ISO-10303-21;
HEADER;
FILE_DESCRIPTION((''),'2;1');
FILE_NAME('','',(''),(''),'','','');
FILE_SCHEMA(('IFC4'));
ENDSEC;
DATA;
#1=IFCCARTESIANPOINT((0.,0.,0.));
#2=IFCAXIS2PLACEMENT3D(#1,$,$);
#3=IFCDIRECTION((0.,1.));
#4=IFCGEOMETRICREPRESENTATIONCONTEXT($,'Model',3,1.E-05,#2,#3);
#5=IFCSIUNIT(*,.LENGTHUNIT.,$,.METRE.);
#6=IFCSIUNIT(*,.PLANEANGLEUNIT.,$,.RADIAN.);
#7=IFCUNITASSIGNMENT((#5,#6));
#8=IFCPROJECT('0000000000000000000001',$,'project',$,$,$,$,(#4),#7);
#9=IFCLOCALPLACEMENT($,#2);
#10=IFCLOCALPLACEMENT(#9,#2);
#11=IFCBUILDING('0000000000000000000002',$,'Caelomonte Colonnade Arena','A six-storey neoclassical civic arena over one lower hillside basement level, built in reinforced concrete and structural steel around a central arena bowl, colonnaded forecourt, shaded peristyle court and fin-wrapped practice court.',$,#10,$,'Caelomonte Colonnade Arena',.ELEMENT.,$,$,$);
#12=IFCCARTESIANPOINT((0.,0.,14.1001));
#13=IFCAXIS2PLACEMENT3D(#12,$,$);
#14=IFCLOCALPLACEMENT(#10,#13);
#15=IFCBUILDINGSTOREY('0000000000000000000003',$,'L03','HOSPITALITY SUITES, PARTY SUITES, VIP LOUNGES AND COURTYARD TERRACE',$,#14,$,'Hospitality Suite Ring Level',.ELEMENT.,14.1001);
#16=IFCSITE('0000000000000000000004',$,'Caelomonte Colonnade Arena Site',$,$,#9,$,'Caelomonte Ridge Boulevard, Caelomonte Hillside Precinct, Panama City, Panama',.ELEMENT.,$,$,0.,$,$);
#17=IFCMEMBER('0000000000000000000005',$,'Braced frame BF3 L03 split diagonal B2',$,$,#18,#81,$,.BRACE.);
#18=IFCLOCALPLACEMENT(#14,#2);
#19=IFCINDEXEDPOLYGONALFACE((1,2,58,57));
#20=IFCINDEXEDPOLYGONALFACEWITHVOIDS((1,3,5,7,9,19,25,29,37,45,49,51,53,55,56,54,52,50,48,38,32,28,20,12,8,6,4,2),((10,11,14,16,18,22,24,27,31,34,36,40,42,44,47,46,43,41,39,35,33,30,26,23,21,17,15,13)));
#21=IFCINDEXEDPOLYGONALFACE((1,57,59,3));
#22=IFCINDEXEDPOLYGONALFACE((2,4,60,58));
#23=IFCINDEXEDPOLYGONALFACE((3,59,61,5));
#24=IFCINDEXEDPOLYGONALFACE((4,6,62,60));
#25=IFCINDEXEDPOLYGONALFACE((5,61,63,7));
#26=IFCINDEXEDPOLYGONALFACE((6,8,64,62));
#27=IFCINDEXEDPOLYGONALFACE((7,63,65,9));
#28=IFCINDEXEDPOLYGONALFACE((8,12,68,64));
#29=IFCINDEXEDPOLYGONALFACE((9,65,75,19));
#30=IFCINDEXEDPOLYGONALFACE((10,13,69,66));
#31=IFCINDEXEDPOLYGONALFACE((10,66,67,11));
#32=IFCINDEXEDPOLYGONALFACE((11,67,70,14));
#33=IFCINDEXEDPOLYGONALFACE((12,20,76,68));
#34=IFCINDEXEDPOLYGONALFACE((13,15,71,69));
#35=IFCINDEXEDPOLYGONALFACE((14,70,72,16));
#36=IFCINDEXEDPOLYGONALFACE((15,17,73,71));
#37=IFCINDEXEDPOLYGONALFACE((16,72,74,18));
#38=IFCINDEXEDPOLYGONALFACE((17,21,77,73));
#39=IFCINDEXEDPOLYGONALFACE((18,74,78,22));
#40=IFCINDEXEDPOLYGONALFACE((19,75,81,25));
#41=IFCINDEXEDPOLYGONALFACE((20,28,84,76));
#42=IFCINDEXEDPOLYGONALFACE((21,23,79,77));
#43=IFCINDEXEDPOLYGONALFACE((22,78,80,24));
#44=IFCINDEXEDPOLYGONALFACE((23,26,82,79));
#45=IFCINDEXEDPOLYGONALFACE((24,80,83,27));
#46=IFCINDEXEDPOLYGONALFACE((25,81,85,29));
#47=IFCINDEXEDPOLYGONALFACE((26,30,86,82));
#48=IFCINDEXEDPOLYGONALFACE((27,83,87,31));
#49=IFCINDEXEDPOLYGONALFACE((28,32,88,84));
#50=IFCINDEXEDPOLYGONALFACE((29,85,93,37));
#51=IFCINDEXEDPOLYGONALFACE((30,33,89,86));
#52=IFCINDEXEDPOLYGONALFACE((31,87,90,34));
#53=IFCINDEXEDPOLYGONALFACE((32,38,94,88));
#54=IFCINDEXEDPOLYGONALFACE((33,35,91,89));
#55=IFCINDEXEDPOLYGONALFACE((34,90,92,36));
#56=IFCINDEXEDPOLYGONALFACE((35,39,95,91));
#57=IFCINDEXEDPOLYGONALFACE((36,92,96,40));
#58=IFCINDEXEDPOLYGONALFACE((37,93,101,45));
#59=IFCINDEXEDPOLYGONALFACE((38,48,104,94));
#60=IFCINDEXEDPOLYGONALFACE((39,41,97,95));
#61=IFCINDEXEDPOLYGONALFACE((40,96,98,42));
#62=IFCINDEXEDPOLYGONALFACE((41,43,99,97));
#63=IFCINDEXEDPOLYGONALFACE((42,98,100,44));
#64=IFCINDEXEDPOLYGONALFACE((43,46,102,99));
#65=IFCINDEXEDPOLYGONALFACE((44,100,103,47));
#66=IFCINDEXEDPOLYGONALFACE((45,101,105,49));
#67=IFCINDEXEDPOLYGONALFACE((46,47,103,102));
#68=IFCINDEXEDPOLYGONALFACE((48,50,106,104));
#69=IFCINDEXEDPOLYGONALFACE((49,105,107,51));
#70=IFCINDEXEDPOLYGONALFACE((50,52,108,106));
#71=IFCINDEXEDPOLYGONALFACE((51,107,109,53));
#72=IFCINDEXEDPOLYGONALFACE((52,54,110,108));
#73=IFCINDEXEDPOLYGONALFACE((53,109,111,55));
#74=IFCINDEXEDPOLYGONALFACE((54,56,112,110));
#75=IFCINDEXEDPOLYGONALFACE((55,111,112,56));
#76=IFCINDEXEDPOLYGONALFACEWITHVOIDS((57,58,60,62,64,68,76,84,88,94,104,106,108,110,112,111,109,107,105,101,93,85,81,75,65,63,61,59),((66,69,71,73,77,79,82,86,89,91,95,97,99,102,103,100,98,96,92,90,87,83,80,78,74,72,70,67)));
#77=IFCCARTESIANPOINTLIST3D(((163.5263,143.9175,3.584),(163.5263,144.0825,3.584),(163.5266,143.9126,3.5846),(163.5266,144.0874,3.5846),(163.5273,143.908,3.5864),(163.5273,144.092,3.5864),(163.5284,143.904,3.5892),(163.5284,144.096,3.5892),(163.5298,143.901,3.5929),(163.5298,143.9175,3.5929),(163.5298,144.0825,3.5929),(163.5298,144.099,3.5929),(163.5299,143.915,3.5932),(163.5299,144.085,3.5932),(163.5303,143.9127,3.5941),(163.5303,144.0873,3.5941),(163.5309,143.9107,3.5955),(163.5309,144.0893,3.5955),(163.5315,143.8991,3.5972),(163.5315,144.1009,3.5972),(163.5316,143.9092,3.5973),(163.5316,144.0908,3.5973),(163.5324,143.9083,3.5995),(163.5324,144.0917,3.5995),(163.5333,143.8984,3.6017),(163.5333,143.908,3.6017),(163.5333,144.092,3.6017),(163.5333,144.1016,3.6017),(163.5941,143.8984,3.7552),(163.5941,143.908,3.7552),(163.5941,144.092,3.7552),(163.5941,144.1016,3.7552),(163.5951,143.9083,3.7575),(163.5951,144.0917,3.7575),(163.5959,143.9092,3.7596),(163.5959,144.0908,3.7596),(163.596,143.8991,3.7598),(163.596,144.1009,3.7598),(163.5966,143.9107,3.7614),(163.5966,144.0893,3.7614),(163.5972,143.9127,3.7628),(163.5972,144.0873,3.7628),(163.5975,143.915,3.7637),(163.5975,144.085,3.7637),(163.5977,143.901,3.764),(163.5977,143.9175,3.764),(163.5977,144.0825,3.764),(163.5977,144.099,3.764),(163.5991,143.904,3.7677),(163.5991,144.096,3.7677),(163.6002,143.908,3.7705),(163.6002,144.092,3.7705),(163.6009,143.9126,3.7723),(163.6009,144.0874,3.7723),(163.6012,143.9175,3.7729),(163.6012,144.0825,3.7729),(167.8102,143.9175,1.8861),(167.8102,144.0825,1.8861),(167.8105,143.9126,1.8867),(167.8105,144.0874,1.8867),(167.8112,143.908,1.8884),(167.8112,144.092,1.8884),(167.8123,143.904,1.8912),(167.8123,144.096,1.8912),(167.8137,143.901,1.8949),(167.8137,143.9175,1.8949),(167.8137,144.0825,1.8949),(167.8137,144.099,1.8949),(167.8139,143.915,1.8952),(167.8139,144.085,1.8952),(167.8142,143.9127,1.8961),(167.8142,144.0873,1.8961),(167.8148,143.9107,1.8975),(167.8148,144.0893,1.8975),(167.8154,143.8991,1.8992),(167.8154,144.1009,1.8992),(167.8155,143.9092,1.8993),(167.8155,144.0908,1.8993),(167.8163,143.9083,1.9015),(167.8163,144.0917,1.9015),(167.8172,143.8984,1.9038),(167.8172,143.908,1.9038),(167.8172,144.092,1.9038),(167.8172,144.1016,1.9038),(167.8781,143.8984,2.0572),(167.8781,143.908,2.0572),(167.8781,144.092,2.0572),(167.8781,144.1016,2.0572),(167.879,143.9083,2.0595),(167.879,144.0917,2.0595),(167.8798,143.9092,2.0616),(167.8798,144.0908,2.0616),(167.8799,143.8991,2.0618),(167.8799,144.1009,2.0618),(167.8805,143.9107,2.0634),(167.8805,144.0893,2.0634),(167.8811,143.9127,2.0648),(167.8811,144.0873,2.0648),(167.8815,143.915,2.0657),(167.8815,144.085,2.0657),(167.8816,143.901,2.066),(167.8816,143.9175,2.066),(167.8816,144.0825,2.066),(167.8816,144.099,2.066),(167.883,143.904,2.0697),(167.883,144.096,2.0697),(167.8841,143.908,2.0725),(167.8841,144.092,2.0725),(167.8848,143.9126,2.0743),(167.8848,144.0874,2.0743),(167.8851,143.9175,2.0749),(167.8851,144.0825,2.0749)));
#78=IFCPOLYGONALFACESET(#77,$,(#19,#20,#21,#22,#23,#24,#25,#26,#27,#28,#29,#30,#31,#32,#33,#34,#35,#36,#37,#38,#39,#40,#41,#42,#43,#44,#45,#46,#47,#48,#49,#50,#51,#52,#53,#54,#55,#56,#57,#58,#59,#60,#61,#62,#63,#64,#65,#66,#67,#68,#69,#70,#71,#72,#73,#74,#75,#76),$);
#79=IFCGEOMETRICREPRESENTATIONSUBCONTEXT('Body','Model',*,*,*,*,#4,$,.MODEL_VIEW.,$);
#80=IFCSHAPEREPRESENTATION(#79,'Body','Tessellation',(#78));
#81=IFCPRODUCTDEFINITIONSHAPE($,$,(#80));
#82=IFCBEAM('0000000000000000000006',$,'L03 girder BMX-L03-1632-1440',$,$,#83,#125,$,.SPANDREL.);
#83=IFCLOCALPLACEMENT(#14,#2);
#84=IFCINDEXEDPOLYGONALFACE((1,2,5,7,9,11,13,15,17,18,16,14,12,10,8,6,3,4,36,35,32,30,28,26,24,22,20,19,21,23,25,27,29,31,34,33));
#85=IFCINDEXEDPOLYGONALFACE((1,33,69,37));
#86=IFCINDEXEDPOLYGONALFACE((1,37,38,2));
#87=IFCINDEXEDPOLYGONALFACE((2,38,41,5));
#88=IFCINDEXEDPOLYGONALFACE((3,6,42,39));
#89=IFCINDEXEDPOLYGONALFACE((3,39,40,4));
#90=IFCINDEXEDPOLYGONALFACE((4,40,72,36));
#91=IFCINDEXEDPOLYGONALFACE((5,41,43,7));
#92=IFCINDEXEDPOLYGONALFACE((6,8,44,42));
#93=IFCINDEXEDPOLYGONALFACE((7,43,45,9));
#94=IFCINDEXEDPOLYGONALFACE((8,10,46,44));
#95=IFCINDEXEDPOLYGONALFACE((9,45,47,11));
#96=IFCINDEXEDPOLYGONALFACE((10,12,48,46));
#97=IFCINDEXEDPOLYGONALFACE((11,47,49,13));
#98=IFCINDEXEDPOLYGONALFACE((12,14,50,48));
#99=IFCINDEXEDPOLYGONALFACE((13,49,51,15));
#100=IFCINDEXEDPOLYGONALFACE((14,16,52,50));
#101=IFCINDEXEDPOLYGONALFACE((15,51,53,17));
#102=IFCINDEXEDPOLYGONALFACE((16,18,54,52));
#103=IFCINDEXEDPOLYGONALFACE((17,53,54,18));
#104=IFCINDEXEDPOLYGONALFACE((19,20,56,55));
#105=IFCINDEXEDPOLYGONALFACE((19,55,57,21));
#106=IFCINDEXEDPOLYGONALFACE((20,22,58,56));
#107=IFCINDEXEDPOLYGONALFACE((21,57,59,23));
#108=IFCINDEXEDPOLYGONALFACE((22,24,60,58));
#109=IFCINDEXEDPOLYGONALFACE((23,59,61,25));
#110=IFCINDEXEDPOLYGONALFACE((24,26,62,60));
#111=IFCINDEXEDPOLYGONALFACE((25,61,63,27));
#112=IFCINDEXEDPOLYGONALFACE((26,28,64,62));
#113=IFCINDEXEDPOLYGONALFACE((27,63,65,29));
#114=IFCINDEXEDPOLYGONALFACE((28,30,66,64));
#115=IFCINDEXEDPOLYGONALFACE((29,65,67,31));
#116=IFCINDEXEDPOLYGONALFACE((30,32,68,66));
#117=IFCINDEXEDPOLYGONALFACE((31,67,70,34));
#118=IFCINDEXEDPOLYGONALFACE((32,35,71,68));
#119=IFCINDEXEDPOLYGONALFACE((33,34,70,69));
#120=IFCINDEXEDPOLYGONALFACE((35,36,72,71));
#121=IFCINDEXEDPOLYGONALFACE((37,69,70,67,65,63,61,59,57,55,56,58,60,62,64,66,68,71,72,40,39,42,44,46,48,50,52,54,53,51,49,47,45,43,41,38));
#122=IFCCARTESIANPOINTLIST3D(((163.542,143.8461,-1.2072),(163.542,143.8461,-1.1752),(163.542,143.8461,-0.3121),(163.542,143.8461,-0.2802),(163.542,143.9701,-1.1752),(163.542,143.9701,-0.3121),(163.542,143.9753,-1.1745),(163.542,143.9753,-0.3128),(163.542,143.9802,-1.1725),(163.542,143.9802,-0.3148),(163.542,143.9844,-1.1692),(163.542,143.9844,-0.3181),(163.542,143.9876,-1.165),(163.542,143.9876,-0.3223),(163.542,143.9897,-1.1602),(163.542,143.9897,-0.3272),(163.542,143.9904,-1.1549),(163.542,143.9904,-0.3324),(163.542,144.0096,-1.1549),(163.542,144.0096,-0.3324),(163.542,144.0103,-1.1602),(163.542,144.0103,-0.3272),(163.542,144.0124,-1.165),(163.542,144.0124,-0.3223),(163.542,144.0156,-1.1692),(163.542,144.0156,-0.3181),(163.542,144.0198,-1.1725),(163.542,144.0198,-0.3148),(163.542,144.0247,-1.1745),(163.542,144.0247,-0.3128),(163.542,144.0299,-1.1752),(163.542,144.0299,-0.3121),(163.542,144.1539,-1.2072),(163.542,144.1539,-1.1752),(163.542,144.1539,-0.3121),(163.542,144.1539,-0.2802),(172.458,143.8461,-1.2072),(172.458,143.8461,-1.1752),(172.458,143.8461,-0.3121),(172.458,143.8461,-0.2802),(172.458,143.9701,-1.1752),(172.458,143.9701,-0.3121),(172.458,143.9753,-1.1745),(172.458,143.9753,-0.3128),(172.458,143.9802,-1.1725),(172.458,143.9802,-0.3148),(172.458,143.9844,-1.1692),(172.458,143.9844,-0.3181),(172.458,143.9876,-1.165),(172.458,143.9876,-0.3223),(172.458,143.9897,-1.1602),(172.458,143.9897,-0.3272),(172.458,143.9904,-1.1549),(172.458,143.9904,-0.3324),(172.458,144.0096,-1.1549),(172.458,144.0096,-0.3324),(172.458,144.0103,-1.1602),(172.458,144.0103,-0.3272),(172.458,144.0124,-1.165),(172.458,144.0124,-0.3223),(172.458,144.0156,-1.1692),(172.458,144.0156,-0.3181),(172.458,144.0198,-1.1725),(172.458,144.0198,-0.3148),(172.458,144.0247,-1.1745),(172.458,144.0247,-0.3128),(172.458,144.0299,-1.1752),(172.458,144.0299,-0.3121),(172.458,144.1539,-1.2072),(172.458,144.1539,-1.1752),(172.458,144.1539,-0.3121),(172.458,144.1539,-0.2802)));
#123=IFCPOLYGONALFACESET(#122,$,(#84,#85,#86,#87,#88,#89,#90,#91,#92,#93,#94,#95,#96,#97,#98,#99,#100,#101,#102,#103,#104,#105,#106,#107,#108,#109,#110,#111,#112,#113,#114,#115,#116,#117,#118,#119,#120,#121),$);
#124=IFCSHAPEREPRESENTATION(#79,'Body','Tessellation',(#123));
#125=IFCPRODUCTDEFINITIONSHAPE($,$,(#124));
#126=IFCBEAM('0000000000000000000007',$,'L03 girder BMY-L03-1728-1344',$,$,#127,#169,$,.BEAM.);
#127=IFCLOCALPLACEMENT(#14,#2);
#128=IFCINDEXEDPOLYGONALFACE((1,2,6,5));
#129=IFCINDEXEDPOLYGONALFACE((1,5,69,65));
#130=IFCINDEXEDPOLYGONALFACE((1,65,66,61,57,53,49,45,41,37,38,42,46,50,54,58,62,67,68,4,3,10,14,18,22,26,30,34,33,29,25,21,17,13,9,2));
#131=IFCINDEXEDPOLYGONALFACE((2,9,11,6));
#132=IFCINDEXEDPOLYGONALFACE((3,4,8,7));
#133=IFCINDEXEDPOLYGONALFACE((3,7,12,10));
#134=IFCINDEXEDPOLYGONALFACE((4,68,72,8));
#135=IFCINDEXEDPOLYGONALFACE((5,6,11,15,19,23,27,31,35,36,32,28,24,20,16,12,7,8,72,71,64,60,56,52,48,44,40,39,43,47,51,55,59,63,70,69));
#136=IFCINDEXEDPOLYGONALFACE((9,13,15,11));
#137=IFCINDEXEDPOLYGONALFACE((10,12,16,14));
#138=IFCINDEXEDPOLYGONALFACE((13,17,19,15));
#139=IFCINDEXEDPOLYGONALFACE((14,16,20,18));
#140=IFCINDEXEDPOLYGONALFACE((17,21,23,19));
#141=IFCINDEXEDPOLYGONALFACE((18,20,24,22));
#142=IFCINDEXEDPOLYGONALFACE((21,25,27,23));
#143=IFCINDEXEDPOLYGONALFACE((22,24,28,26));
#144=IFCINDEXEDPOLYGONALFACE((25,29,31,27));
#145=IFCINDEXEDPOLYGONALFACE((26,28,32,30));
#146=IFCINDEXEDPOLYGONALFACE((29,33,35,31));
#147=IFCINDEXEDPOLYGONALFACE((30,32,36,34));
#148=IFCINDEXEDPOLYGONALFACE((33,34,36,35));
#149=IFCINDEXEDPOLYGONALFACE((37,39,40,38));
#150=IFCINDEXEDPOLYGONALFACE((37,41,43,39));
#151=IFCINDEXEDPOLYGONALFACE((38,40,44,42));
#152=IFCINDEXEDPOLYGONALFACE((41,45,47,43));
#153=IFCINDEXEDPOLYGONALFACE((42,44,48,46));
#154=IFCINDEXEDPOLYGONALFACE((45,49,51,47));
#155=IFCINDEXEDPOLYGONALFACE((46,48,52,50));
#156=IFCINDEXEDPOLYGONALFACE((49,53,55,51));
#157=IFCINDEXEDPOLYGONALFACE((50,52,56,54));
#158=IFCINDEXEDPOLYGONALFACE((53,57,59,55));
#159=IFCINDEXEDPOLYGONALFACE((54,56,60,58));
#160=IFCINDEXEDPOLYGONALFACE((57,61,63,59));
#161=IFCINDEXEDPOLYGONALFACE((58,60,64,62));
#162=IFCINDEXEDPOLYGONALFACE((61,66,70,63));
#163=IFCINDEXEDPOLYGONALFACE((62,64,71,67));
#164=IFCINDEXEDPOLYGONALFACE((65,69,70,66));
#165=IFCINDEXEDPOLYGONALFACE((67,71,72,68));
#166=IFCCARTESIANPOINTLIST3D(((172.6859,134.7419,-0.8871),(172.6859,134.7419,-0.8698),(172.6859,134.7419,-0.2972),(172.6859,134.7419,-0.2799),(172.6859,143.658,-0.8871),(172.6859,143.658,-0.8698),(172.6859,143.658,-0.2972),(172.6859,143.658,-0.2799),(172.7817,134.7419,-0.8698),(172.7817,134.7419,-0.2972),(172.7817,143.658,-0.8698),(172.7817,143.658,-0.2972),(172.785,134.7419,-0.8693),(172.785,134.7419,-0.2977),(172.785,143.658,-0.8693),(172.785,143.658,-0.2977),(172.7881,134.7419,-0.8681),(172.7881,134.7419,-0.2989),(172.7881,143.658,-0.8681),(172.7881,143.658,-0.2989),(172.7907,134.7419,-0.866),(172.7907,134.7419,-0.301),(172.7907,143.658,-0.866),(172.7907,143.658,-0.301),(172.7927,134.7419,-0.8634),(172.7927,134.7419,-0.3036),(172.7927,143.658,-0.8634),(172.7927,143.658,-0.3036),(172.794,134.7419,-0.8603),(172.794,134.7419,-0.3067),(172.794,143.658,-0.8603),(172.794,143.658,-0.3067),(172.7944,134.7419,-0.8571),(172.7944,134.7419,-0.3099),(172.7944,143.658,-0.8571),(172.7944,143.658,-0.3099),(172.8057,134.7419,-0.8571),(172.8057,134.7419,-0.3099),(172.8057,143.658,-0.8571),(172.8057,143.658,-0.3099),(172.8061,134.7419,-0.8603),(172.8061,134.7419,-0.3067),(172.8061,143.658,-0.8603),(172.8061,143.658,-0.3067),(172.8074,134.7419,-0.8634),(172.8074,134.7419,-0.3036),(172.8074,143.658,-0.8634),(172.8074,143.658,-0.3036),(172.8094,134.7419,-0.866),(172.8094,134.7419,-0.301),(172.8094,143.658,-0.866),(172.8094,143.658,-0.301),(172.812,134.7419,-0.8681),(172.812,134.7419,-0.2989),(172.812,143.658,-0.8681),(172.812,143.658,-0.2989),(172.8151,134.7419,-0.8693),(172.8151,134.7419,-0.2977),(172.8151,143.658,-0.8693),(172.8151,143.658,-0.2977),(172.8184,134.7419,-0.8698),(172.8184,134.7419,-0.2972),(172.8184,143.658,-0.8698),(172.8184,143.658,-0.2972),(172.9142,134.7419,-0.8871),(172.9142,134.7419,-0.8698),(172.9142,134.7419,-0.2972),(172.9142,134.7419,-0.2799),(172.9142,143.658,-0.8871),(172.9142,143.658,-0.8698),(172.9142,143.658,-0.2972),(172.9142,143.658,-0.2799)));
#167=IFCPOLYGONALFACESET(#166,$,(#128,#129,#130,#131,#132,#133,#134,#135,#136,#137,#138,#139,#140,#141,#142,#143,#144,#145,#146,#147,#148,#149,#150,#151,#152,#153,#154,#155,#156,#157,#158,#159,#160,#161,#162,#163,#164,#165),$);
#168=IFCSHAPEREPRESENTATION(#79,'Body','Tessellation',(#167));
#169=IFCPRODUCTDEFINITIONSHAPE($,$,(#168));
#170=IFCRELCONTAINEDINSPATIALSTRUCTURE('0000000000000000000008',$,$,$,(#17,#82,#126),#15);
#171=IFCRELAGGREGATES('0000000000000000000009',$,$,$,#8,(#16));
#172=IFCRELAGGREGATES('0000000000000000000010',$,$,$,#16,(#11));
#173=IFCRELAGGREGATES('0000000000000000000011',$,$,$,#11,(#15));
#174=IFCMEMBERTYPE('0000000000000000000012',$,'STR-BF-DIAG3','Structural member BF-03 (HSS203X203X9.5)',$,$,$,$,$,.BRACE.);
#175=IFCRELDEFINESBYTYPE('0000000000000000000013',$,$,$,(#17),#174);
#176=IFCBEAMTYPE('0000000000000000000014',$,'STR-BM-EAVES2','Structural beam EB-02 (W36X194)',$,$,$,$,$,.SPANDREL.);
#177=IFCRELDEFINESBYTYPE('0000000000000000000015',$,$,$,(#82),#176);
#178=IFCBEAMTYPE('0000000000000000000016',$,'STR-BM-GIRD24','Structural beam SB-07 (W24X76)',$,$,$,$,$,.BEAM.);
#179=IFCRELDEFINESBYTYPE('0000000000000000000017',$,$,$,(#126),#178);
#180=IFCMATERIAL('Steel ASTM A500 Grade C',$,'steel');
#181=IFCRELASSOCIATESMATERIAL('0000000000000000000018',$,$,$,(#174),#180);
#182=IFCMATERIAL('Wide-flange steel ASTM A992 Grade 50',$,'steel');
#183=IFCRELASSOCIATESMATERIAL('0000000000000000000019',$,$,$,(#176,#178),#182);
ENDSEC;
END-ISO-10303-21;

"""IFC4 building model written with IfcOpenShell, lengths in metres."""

from ifc_helpers import new_model, si_unit, direction, frame, origin, origin_2d, place, context, subcontext, project, spatial, hollow_rectangle, i_section, extrude, material, material_profile, profile_set, type_object, element, save


model = new_model("IFC4")

# Units and contexts
model_context = context("Model", 3, precision=1e-05, world=origin(), true_north=direction((0.0, 1.0)))
body_context = subcontext(model_context, "Body", "Model", "MODEL_VIEW")
ifc_project = project(units=[si_unit("LENGTHUNIT", "METRE"), si_unit("PLANEANGLEUNIT", "RADIAN")], contexts=[model_context])

# Site, building, storey
site_placement = place(None, origin())
site = spatial("IfcSite", under=ifc_project, at=site_placement, Name="Caelomonte Colonnade Arena Site", LongName="Caelomonte Ridge Boulevard, Caelomonte Hillside Precinct, Panama City, Panama", CompositionType="ELEMENT", RefElevation=0.0)
building_placement = place(site_placement, origin())
building = spatial("IfcBuilding", under=site, at=building_placement, Name="Caelomonte Colonnade Arena", Description="A six-storey neoclassical civic arena over one lower hillside basement level, built in reinforced concrete and structural steel around a central arena bowl, colonnaded forecourt, shaded peristyle court and fin-wrapped practice court.", LongName="Caelomonte Colonnade Arena", CompositionType="ELEMENT")
storey_placement = place(building_placement, frame((0.0, 0.0, 14.1001)))
storey = spatial("IfcBuildingStorey", under=building, at=storey_placement, Name="L03", Description="HOSPITALITY SUITES, PARTY SUITES, VIP LOUNGES AND COURTYARD TERRACE", LongName="Hospitality Suite Ring Level", CompositionType="ELEMENT", Elevation=14.1001)

# Member
ifc_material_1 = material(Name="Steel ASTM A500 Grade C", Category="steel")
ifc_material_profile_1 = material_profile(ifc_material_1, hollow_rectangle(XDim=0.2031, YDim=0.2031, WallThickness=0.0095, InnerFilletRadius=0.0095, OuterFilletRadius=0.019, at=origin_2d()), Name="HSS203X203X9.5")
ifc_profile_set_1 = profile_set([ifc_material_profile_1], Name="Steel ASTM A500 Grade C")
member_type = type_object("IfcMemberType", Name="STR-BF-DIAG3", Description="Structural member BF-03 (HSS203X203X9.5)", PredefinedType="BRACE", material=ifc_profile_set_1)
for number, where, z_axis, x_axis, name in (
    (1, (167.8477, 144.0, 1.9805), (-0.929638, 0.0, 0.368475), (0.0, -1.0, 0.0), "Braced frame BF3 L03 split diagonal B2"),
):
    element("IfcMember", number, at=place(storey_placement, frame(where, z_axis=z_axis, x_axis=x_axis)), inside=storey, type_object=member_type, Name=name, PredefinedType="BRACE", context=body_context, shape_type="SweptSolid", body=[
        extrude(hollow_rectangle(XDim=0.2031, YDim=0.2031, WallThickness=0.0095, InnerFilletRadius=0.0095, OuterFilletRadius=0.019, at=origin_2d()), origin(), (0.0, 0.0, 1.0), 4.6082),
    ])

# Beams
ifc_material_2 = material(Name="Wide-flange steel ASTM A992 Grade 50", Category="steel")
ifc_material_profile_2 = material_profile(ifc_material_2, i_section(OverallWidth=0.3079, OverallDepth=0.927, WebThickness=0.0193, FlangeThickness=0.032, FilletRadius=0.0203, at=origin_2d()), Name="W36X194")
ifc_profile_set_2 = profile_set([ifc_material_profile_2], Name="Wide-flange steel ASTM A992 Grade 50")
beam_type_1 = type_object("IfcBeamType", Name="STR-BM-EAVES2", Description="Structural beam EB-02 (W36X194)", PredefinedType="SPANDREL", material=ifc_profile_set_2)
beam_1_placement = place(storey_placement, frame((163.542, 144.0, -0.7437), z_axis=(1.0, 0.0, 0.0), x_axis=(0.0, 1.0, 0.0)))
element("IfcBeam", 2, at=beam_1_placement, inside=storey, type_object=beam_type_1, Name="L03 girder BMX-L03-1632-1440", PredefinedType="SPANDREL", context=body_context, shape_type="SweptSolid", body=[
    extrude(i_section(OverallWidth=0.3079, OverallDepth=0.927, WebThickness=0.0193, FlangeThickness=0.032, FilletRadius=0.0203, at=origin_2d()), origin(), (0.0, 0.0, 1.0), 8.916),
])
ifc_material_profile_3 = material_profile(ifc_material_2, i_section(OverallWidth=0.2283, OverallDepth=0.6072, WebThickness=0.0112, FlangeThickness=0.0173, FilletRadius=0.0127, at=origin_2d()), Name="W24X76")
ifc_profile_set_3 = profile_set([ifc_material_profile_3], Name="Wide-flange steel ASTM A992 Grade 50")
beam_type_2 = type_object("IfcBeamType", Name="STR-BM-GIRD24", Description="Structural beam SB-07 (W24X76)", PredefinedType="BEAM", material=ifc_profile_set_3)
beam_2_placement = place(storey_placement, frame((172.8, 134.7419, -0.5835), z_axis=(0.0, 1.0, 0.0), x_axis=(-1.0, 0.0, 0.0)))
element("IfcBeam", 3, at=beam_2_placement, inside=storey, type_object=beam_type_2, Name="L03 girder BMY-L03-1728-1344", PredefinedType="BEAM", context=body_context, shape_type="SweptSolid", body=[
    extrude(i_section(OverallWidth=0.2283, OverallDepth=0.6072, WebThickness=0.0112, FlangeThickness=0.0173, FilletRadius=0.0127, at=origin_2d()), origin(), (0.0, 0.0, 1.0), 8.916),
])

save(model, "model.ifc")
